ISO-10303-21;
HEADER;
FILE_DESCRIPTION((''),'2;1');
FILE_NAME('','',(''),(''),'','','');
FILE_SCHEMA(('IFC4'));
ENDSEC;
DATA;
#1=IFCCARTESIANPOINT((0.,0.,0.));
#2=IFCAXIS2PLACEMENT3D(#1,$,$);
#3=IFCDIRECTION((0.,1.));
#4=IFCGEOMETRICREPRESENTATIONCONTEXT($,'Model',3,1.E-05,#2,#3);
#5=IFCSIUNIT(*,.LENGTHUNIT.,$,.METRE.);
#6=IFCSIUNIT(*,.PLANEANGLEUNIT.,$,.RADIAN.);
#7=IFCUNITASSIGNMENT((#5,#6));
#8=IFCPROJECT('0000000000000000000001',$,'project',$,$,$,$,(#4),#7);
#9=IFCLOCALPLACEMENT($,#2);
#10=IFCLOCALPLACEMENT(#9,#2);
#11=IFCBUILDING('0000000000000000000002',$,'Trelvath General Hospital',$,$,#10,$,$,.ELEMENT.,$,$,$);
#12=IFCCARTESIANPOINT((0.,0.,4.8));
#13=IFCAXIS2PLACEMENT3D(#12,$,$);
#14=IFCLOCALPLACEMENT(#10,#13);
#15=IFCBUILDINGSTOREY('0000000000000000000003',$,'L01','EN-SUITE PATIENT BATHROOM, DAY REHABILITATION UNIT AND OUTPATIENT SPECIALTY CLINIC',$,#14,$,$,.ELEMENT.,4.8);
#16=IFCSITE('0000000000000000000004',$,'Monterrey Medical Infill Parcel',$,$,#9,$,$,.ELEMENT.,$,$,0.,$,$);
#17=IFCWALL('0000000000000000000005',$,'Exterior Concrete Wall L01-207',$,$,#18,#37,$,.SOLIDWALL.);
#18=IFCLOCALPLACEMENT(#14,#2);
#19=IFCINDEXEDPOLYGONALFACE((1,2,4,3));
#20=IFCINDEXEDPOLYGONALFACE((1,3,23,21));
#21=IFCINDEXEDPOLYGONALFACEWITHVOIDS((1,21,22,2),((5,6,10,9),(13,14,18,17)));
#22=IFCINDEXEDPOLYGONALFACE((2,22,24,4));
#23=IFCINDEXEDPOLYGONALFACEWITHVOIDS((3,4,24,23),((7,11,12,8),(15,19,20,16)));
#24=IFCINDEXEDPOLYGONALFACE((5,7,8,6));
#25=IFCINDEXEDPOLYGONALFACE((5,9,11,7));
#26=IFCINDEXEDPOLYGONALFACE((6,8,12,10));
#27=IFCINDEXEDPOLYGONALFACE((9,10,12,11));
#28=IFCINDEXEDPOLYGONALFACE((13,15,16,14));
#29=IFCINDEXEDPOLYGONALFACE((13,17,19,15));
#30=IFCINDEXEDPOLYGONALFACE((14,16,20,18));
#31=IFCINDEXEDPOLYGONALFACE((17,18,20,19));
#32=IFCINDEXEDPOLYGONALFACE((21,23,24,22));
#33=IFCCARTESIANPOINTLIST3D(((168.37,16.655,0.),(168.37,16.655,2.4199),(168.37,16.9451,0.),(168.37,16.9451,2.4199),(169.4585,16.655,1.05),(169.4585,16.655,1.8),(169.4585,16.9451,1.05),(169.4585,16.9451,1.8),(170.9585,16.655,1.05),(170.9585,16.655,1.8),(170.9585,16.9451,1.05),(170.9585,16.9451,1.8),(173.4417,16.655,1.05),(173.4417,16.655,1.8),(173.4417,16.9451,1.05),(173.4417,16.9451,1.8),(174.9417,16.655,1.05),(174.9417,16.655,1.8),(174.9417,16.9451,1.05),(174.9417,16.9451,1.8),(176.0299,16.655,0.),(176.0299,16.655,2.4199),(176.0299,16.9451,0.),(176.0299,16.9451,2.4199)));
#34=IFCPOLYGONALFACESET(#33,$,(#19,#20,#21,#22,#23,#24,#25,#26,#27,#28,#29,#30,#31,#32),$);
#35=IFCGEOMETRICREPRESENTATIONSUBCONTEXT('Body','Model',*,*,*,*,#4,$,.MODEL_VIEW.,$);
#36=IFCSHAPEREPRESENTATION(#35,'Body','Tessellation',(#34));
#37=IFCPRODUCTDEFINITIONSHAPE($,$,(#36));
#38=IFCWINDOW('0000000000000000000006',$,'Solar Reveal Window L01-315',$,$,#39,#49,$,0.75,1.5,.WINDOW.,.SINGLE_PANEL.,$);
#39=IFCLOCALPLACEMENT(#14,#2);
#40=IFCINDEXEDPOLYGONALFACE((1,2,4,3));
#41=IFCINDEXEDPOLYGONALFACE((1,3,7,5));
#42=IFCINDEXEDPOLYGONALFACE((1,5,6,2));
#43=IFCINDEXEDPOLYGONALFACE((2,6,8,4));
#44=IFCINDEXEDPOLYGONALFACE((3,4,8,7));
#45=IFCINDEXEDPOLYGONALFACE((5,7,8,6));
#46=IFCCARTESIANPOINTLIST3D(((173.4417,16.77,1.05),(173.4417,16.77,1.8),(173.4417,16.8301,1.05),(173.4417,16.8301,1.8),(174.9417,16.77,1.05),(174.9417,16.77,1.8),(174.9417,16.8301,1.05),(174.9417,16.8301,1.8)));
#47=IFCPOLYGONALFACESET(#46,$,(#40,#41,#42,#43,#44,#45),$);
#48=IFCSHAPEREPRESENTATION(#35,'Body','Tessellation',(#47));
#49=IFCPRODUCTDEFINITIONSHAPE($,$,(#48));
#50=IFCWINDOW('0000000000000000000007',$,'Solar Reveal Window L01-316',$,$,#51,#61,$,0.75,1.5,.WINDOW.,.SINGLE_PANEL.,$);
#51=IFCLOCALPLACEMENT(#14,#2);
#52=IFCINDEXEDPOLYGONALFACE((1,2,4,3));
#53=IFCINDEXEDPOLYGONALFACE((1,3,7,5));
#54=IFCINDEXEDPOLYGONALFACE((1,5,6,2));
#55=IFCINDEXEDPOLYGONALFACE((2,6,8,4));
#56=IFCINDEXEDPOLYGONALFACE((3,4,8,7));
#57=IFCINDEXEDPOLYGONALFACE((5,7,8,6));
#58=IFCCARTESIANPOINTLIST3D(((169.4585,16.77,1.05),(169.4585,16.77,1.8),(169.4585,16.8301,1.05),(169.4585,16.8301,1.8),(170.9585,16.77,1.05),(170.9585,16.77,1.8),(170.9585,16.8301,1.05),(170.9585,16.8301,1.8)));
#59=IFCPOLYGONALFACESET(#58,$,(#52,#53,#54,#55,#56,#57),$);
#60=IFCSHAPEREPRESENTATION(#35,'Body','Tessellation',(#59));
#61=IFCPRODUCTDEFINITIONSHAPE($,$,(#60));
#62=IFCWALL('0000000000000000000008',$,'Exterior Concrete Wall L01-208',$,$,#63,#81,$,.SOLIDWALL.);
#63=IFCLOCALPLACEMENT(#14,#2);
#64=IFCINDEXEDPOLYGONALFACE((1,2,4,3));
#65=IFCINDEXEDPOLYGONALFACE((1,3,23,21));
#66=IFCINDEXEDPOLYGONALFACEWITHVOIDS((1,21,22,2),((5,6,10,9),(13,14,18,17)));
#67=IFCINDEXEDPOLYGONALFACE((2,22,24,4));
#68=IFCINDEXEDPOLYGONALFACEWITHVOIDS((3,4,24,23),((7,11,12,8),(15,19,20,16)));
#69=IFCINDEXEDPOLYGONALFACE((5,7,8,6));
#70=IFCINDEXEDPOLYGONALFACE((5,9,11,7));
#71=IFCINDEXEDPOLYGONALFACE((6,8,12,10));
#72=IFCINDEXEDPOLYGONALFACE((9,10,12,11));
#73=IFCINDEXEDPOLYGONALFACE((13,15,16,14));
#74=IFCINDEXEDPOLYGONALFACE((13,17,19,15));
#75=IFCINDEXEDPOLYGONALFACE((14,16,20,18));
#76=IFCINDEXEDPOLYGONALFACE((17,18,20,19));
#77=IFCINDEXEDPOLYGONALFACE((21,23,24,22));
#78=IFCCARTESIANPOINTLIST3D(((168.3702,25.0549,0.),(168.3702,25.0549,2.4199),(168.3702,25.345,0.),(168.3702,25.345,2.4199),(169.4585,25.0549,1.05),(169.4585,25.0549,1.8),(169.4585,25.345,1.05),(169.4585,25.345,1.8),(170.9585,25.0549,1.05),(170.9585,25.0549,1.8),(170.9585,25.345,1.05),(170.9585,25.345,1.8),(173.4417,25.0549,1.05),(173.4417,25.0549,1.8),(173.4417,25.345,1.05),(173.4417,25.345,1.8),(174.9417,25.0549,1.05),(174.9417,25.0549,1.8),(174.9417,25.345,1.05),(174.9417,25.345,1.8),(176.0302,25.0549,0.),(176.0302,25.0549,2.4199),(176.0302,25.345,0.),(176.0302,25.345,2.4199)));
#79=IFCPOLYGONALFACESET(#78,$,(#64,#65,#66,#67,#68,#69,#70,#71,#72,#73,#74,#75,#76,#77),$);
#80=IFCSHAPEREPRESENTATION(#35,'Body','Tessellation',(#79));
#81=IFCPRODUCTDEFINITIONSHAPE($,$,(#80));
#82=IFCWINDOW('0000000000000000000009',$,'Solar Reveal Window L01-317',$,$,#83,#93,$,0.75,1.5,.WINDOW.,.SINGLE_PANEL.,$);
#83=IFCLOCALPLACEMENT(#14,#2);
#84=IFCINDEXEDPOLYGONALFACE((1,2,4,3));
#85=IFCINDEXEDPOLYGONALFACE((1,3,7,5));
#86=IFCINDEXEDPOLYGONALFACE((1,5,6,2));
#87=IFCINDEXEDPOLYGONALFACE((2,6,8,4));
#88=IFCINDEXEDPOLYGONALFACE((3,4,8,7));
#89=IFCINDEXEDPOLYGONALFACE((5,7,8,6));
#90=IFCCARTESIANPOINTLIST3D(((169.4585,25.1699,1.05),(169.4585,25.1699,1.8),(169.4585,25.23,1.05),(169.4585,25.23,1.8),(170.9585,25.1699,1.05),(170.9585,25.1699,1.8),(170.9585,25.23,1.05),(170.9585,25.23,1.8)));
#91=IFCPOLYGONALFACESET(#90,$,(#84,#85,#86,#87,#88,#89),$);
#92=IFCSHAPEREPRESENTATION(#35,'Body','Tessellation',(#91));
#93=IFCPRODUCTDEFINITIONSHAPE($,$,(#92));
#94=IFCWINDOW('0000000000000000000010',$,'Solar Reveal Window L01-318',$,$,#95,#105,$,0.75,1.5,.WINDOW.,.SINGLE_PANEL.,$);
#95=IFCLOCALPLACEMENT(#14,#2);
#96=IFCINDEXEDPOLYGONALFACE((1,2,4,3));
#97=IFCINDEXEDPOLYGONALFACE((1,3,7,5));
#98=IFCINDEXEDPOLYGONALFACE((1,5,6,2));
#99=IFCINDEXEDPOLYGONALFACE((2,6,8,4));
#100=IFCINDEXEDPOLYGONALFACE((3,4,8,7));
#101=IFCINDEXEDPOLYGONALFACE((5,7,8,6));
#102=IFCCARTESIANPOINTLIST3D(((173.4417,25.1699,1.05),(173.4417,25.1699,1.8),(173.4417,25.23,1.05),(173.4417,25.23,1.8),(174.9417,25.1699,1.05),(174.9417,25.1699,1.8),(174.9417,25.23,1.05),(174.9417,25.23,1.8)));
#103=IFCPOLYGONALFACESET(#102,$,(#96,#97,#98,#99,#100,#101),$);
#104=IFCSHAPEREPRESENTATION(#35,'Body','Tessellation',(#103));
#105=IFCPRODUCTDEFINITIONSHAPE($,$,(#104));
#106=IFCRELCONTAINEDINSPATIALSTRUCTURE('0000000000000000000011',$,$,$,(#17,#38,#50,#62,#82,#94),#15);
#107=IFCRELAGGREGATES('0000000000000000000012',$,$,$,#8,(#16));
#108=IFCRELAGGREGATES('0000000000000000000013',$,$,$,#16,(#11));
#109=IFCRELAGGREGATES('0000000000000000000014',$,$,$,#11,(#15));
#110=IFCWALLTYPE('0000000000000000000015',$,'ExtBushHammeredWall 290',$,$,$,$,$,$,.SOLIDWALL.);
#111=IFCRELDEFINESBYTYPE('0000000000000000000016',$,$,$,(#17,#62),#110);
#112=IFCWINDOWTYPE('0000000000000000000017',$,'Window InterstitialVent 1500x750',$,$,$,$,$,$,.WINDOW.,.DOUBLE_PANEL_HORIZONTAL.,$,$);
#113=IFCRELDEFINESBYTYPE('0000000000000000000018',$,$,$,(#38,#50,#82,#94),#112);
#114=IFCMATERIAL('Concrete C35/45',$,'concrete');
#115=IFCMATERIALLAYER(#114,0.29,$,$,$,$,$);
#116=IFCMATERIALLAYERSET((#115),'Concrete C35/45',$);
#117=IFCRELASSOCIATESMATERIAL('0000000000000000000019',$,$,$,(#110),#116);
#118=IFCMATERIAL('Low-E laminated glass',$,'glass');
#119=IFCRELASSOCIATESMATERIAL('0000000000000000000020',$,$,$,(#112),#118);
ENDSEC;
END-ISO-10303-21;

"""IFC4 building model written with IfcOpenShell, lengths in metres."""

from ifc_helpers import new_model, si_unit, direction, frame, frame_2d, origin, place, context, subcontext, project, spatial, rectangle, extrude, material, layer, layer_set, type_object, element, fill, save


model = new_model("IFC4")

# Units and contexts
model_context = context("Model", 3, precision=1e-05, world=origin(), true_north=direction((0.0, 1.0)))
body_context = subcontext(model_context, "Body", "Model", "MODEL_VIEW")
ifc_project = project(units=[si_unit("LENGTHUNIT", "METRE"), si_unit("PLANEANGLEUNIT", "RADIAN")], contexts=[model_context])

# Site, building, storey
site_placement = place(None, origin())
site = spatial("IfcSite", under=ifc_project, at=site_placement, Name="Monterrey Medical Infill Parcel", CompositionType="ELEMENT", RefElevation=0.0)
building_placement = place(site_placement, origin())
building = spatial("IfcBuilding", under=site, at=building_placement, Name="Trelvath General Hospital", CompositionType="ELEMENT")
storey_placement = place(building_placement, frame((0.0, 0.0, 4.8)))
storey = spatial("IfcBuildingStorey", under=building, at=storey_placement, Name="L01", Description="EN-SUITE PATIENT BATHROOM, DAY REHABILITATION UNIT AND OUTPATIENT SPECIALTY CLINIC", CompositionType="ELEMENT", Elevation=4.8)

# Walls, openings, windows
ifc_material_1 = material(Name="Concrete C35/45", Category="concrete")
ifc_layer_1 = layer(ifc_material_1, 0.29)
ifc_layer_set_1 = layer_set([ifc_layer_1], Name="Concrete C35/45")
wall_type_1 = type_object("IfcWallType", Name="ExtBushHammeredWall 290", PredefinedType="SOLIDWALL", material=ifc_layer_set_1)
wall_1_placement = place(storey_placement, frame((176.03, 16.8, 0.0), z_axis=(0.0, 0.0, 1.0), x_axis=(-1.0, 0.0, 0.0)))
wall_1 = element("IfcWall", 1, at=wall_1_placement, inside=storey, type_object=wall_type_1, Name="Exterior Concrete Wall L01-207", PredefinedType="SOLIDWALL", context=body_context, shape_type="SweptSolid", body=[
    extrude(rectangle(XDim=7.6599, YDim=0.29, at=frame_2d((3.8301, 0.0))), origin(), (0.0, 0.0, 1.0), 2.4199),
])
opening_1_placement = place(wall_1_placement, frame((1.0884, 0.0, 1.05)))
opening_1 = element("IfcOpeningElement", 2, at=opening_1_placement, cuts=wall_1, PredefinedType="OPENING", context=body_context, shape_type="SweptSolid", body=[
    extrude(rectangle(XDim=1.5, YDim=0.75, at=frame_2d((0.75, 0.375))), frame((0.0, 0.155, 0.0), z_axis=(0.0, -1.0, 0.0), x_axis=(1.0, 0.0, 0.0)), (0.0, 0.0, 1.0), 0.3101),
])
opening_2_placement = place(wall_1_placement, frame((5.0715, 0.0, 1.05)))
opening_2 = element("IfcOpeningElement", 3, at=opening_2_placement, cuts=wall_1, PredefinedType="OPENING", context=body_context, shape_type="SweptSolid", body=[
    extrude(rectangle(XDim=1.5, YDim=0.75, at=frame_2d((0.75, 0.375))), frame((0.0, 0.155, 0.0), z_axis=(0.0, -1.0, 0.0), x_axis=(1.0, 0.0, 0.0)), (0.0, 0.0, 1.0), 0.3101),
])
ifc_material_2 = material(Name="Low-E laminated glass", Category="glass")
window_type_1 = type_object("IfcWindowType", Name="Window InterstitialVent 1500x750", PartitioningType="DOUBLE_PANEL_HORIZONTAL", PredefinedType="WINDOW", material=ifc_material_2)
window_1_placement = place(opening_1_placement, origin())
window_1 = element("IfcWindow", 4, at=window_1_placement, inside=storey, type_object=window_type_1, Name="Solar Reveal Window L01-315", OverallHeight=0.75, OverallWidth=1.5, PartitioningType="SINGLE_PANEL", PredefinedType="WINDOW", context=body_context, shape_type="SweptSolid", body=[
    extrude(rectangle(XDim=1.5, YDim=0.75, at=frame_2d((0.75, 0.375))), frame((0.0, 0.03, 0.0), z_axis=(0.0, -1.0, 0.0), x_axis=(1.0, 0.0, 0.0)), (0.0, 0.0, 1.0), 0.0601),
])
fill(opening_1, window_1)
window_2_placement = place(opening_2_placement, origin())
window_2 = element("IfcWindow", 5, at=window_2_placement, inside=storey, type_object=window_type_1, Name="Solar Reveal Window L01-316", OverallHeight=0.75, OverallWidth=1.5, PartitioningType="SINGLE_PANEL", PredefinedType="WINDOW", context=body_context, shape_type="SweptSolid", body=[
    extrude(rectangle(XDim=1.5, YDim=0.75, at=frame_2d((0.75, 0.375))), frame((0.0, 0.03, 0.0), z_axis=(0.0, -1.0, 0.0), x_axis=(1.0, 0.0, 0.0)), (0.0, 0.0, 1.0), 0.0601),
])
fill(opening_2, window_2)
wall_2_placement = place(storey_placement, frame((168.3701, 25.2, 0.0), z_axis=(0.0, 0.0, 1.0), x_axis=(1.0, 0.0, 0.0)))
wall_2 = element("IfcWall", 6, at=wall_2_placement, inside=storey, type_object=wall_type_1, Name="Exterior Concrete Wall L01-208", PredefinedType="SOLIDWALL", context=body_context, shape_type="SweptSolid", body=[
    extrude(rectangle(XDim=7.6599, YDim=0.29, at=frame_2d((3.8301, 0.0))), origin(), (0.0, 0.0, 1.0), 2.4199),
])
opening_3_placement = place(wall_2_placement, frame((1.0884, 0.0, 1.05)))
opening_3 = element("IfcOpeningElement", 7, at=opening_3_placement, cuts=wall_2, PredefinedType="OPENING", context=body_context, shape_type="SweptSolid", body=[
    extrude(rectangle(XDim=1.5, YDim=0.75, at=frame_2d((0.75, 0.375))), frame((0.0, 0.155, 0.0), z_axis=(0.0, -1.0, 0.0), x_axis=(1.0, 0.0, 0.0)), (0.0, 0.0, 1.0), 0.3101),
])
opening_4_placement = place(wall_2_placement, frame((5.0715, 0.0, 1.05)))
opening_4 = element("IfcOpeningElement", 8, at=opening_4_placement, cuts=wall_2, PredefinedType="OPENING", context=body_context, shape_type="SweptSolid", body=[
    extrude(rectangle(XDim=1.5, YDim=0.75, at=frame_2d((0.75, 0.375))), frame((0.0, 0.155, 0.0), z_axis=(0.0, -1.0, 0.0), x_axis=(1.0, 0.0, 0.0)), (0.0, 0.0, 1.0), 0.3101),
])
window_3_placement = place(opening_3_placement, origin())
window_3 = element("IfcWindow", 9, at=window_3_placement, inside=storey, type_object=window_type_1, Name="Solar Reveal Window L01-317", OverallHeight=0.75, OverallWidth=1.5, PartitioningType="SINGLE_PANEL", PredefinedType="WINDOW", context=body_context, shape_type="SweptSolid", body=[
    extrude(rectangle(XDim=1.5, YDim=0.75, at=frame_2d((0.75, 0.375))), frame((0.0, 0.03, 0.0), z_axis=(0.0, -1.0, 0.0), x_axis=(1.0, 0.0, 0.0)), (0.0, 0.0, 1.0), 0.0601),
])
fill(opening_3, window_3)
window_4_placement = place(opening_4_placement, origin())
window_4 = element("IfcWindow", 10, at=window_4_placement, inside=storey, type_object=window_type_1, Name="Solar Reveal Window L01-318", OverallHeight=0.75, OverallWidth=1.5, PartitioningType="SINGLE_PANEL", PredefinedType="WINDOW", context=body_context, shape_type="SweptSolid", body=[
    extrude(rectangle(XDim=1.5, YDim=0.75, at=frame_2d((0.75, 0.375))), frame((0.0, 0.03, 0.0), z_axis=(0.0, -1.0, 0.0), x_axis=(1.0, 0.0, 0.0)), (0.0, 0.0, 1.0), 0.0601),
])
fill(opening_4, window_4)

save(model, "model.ifc")
